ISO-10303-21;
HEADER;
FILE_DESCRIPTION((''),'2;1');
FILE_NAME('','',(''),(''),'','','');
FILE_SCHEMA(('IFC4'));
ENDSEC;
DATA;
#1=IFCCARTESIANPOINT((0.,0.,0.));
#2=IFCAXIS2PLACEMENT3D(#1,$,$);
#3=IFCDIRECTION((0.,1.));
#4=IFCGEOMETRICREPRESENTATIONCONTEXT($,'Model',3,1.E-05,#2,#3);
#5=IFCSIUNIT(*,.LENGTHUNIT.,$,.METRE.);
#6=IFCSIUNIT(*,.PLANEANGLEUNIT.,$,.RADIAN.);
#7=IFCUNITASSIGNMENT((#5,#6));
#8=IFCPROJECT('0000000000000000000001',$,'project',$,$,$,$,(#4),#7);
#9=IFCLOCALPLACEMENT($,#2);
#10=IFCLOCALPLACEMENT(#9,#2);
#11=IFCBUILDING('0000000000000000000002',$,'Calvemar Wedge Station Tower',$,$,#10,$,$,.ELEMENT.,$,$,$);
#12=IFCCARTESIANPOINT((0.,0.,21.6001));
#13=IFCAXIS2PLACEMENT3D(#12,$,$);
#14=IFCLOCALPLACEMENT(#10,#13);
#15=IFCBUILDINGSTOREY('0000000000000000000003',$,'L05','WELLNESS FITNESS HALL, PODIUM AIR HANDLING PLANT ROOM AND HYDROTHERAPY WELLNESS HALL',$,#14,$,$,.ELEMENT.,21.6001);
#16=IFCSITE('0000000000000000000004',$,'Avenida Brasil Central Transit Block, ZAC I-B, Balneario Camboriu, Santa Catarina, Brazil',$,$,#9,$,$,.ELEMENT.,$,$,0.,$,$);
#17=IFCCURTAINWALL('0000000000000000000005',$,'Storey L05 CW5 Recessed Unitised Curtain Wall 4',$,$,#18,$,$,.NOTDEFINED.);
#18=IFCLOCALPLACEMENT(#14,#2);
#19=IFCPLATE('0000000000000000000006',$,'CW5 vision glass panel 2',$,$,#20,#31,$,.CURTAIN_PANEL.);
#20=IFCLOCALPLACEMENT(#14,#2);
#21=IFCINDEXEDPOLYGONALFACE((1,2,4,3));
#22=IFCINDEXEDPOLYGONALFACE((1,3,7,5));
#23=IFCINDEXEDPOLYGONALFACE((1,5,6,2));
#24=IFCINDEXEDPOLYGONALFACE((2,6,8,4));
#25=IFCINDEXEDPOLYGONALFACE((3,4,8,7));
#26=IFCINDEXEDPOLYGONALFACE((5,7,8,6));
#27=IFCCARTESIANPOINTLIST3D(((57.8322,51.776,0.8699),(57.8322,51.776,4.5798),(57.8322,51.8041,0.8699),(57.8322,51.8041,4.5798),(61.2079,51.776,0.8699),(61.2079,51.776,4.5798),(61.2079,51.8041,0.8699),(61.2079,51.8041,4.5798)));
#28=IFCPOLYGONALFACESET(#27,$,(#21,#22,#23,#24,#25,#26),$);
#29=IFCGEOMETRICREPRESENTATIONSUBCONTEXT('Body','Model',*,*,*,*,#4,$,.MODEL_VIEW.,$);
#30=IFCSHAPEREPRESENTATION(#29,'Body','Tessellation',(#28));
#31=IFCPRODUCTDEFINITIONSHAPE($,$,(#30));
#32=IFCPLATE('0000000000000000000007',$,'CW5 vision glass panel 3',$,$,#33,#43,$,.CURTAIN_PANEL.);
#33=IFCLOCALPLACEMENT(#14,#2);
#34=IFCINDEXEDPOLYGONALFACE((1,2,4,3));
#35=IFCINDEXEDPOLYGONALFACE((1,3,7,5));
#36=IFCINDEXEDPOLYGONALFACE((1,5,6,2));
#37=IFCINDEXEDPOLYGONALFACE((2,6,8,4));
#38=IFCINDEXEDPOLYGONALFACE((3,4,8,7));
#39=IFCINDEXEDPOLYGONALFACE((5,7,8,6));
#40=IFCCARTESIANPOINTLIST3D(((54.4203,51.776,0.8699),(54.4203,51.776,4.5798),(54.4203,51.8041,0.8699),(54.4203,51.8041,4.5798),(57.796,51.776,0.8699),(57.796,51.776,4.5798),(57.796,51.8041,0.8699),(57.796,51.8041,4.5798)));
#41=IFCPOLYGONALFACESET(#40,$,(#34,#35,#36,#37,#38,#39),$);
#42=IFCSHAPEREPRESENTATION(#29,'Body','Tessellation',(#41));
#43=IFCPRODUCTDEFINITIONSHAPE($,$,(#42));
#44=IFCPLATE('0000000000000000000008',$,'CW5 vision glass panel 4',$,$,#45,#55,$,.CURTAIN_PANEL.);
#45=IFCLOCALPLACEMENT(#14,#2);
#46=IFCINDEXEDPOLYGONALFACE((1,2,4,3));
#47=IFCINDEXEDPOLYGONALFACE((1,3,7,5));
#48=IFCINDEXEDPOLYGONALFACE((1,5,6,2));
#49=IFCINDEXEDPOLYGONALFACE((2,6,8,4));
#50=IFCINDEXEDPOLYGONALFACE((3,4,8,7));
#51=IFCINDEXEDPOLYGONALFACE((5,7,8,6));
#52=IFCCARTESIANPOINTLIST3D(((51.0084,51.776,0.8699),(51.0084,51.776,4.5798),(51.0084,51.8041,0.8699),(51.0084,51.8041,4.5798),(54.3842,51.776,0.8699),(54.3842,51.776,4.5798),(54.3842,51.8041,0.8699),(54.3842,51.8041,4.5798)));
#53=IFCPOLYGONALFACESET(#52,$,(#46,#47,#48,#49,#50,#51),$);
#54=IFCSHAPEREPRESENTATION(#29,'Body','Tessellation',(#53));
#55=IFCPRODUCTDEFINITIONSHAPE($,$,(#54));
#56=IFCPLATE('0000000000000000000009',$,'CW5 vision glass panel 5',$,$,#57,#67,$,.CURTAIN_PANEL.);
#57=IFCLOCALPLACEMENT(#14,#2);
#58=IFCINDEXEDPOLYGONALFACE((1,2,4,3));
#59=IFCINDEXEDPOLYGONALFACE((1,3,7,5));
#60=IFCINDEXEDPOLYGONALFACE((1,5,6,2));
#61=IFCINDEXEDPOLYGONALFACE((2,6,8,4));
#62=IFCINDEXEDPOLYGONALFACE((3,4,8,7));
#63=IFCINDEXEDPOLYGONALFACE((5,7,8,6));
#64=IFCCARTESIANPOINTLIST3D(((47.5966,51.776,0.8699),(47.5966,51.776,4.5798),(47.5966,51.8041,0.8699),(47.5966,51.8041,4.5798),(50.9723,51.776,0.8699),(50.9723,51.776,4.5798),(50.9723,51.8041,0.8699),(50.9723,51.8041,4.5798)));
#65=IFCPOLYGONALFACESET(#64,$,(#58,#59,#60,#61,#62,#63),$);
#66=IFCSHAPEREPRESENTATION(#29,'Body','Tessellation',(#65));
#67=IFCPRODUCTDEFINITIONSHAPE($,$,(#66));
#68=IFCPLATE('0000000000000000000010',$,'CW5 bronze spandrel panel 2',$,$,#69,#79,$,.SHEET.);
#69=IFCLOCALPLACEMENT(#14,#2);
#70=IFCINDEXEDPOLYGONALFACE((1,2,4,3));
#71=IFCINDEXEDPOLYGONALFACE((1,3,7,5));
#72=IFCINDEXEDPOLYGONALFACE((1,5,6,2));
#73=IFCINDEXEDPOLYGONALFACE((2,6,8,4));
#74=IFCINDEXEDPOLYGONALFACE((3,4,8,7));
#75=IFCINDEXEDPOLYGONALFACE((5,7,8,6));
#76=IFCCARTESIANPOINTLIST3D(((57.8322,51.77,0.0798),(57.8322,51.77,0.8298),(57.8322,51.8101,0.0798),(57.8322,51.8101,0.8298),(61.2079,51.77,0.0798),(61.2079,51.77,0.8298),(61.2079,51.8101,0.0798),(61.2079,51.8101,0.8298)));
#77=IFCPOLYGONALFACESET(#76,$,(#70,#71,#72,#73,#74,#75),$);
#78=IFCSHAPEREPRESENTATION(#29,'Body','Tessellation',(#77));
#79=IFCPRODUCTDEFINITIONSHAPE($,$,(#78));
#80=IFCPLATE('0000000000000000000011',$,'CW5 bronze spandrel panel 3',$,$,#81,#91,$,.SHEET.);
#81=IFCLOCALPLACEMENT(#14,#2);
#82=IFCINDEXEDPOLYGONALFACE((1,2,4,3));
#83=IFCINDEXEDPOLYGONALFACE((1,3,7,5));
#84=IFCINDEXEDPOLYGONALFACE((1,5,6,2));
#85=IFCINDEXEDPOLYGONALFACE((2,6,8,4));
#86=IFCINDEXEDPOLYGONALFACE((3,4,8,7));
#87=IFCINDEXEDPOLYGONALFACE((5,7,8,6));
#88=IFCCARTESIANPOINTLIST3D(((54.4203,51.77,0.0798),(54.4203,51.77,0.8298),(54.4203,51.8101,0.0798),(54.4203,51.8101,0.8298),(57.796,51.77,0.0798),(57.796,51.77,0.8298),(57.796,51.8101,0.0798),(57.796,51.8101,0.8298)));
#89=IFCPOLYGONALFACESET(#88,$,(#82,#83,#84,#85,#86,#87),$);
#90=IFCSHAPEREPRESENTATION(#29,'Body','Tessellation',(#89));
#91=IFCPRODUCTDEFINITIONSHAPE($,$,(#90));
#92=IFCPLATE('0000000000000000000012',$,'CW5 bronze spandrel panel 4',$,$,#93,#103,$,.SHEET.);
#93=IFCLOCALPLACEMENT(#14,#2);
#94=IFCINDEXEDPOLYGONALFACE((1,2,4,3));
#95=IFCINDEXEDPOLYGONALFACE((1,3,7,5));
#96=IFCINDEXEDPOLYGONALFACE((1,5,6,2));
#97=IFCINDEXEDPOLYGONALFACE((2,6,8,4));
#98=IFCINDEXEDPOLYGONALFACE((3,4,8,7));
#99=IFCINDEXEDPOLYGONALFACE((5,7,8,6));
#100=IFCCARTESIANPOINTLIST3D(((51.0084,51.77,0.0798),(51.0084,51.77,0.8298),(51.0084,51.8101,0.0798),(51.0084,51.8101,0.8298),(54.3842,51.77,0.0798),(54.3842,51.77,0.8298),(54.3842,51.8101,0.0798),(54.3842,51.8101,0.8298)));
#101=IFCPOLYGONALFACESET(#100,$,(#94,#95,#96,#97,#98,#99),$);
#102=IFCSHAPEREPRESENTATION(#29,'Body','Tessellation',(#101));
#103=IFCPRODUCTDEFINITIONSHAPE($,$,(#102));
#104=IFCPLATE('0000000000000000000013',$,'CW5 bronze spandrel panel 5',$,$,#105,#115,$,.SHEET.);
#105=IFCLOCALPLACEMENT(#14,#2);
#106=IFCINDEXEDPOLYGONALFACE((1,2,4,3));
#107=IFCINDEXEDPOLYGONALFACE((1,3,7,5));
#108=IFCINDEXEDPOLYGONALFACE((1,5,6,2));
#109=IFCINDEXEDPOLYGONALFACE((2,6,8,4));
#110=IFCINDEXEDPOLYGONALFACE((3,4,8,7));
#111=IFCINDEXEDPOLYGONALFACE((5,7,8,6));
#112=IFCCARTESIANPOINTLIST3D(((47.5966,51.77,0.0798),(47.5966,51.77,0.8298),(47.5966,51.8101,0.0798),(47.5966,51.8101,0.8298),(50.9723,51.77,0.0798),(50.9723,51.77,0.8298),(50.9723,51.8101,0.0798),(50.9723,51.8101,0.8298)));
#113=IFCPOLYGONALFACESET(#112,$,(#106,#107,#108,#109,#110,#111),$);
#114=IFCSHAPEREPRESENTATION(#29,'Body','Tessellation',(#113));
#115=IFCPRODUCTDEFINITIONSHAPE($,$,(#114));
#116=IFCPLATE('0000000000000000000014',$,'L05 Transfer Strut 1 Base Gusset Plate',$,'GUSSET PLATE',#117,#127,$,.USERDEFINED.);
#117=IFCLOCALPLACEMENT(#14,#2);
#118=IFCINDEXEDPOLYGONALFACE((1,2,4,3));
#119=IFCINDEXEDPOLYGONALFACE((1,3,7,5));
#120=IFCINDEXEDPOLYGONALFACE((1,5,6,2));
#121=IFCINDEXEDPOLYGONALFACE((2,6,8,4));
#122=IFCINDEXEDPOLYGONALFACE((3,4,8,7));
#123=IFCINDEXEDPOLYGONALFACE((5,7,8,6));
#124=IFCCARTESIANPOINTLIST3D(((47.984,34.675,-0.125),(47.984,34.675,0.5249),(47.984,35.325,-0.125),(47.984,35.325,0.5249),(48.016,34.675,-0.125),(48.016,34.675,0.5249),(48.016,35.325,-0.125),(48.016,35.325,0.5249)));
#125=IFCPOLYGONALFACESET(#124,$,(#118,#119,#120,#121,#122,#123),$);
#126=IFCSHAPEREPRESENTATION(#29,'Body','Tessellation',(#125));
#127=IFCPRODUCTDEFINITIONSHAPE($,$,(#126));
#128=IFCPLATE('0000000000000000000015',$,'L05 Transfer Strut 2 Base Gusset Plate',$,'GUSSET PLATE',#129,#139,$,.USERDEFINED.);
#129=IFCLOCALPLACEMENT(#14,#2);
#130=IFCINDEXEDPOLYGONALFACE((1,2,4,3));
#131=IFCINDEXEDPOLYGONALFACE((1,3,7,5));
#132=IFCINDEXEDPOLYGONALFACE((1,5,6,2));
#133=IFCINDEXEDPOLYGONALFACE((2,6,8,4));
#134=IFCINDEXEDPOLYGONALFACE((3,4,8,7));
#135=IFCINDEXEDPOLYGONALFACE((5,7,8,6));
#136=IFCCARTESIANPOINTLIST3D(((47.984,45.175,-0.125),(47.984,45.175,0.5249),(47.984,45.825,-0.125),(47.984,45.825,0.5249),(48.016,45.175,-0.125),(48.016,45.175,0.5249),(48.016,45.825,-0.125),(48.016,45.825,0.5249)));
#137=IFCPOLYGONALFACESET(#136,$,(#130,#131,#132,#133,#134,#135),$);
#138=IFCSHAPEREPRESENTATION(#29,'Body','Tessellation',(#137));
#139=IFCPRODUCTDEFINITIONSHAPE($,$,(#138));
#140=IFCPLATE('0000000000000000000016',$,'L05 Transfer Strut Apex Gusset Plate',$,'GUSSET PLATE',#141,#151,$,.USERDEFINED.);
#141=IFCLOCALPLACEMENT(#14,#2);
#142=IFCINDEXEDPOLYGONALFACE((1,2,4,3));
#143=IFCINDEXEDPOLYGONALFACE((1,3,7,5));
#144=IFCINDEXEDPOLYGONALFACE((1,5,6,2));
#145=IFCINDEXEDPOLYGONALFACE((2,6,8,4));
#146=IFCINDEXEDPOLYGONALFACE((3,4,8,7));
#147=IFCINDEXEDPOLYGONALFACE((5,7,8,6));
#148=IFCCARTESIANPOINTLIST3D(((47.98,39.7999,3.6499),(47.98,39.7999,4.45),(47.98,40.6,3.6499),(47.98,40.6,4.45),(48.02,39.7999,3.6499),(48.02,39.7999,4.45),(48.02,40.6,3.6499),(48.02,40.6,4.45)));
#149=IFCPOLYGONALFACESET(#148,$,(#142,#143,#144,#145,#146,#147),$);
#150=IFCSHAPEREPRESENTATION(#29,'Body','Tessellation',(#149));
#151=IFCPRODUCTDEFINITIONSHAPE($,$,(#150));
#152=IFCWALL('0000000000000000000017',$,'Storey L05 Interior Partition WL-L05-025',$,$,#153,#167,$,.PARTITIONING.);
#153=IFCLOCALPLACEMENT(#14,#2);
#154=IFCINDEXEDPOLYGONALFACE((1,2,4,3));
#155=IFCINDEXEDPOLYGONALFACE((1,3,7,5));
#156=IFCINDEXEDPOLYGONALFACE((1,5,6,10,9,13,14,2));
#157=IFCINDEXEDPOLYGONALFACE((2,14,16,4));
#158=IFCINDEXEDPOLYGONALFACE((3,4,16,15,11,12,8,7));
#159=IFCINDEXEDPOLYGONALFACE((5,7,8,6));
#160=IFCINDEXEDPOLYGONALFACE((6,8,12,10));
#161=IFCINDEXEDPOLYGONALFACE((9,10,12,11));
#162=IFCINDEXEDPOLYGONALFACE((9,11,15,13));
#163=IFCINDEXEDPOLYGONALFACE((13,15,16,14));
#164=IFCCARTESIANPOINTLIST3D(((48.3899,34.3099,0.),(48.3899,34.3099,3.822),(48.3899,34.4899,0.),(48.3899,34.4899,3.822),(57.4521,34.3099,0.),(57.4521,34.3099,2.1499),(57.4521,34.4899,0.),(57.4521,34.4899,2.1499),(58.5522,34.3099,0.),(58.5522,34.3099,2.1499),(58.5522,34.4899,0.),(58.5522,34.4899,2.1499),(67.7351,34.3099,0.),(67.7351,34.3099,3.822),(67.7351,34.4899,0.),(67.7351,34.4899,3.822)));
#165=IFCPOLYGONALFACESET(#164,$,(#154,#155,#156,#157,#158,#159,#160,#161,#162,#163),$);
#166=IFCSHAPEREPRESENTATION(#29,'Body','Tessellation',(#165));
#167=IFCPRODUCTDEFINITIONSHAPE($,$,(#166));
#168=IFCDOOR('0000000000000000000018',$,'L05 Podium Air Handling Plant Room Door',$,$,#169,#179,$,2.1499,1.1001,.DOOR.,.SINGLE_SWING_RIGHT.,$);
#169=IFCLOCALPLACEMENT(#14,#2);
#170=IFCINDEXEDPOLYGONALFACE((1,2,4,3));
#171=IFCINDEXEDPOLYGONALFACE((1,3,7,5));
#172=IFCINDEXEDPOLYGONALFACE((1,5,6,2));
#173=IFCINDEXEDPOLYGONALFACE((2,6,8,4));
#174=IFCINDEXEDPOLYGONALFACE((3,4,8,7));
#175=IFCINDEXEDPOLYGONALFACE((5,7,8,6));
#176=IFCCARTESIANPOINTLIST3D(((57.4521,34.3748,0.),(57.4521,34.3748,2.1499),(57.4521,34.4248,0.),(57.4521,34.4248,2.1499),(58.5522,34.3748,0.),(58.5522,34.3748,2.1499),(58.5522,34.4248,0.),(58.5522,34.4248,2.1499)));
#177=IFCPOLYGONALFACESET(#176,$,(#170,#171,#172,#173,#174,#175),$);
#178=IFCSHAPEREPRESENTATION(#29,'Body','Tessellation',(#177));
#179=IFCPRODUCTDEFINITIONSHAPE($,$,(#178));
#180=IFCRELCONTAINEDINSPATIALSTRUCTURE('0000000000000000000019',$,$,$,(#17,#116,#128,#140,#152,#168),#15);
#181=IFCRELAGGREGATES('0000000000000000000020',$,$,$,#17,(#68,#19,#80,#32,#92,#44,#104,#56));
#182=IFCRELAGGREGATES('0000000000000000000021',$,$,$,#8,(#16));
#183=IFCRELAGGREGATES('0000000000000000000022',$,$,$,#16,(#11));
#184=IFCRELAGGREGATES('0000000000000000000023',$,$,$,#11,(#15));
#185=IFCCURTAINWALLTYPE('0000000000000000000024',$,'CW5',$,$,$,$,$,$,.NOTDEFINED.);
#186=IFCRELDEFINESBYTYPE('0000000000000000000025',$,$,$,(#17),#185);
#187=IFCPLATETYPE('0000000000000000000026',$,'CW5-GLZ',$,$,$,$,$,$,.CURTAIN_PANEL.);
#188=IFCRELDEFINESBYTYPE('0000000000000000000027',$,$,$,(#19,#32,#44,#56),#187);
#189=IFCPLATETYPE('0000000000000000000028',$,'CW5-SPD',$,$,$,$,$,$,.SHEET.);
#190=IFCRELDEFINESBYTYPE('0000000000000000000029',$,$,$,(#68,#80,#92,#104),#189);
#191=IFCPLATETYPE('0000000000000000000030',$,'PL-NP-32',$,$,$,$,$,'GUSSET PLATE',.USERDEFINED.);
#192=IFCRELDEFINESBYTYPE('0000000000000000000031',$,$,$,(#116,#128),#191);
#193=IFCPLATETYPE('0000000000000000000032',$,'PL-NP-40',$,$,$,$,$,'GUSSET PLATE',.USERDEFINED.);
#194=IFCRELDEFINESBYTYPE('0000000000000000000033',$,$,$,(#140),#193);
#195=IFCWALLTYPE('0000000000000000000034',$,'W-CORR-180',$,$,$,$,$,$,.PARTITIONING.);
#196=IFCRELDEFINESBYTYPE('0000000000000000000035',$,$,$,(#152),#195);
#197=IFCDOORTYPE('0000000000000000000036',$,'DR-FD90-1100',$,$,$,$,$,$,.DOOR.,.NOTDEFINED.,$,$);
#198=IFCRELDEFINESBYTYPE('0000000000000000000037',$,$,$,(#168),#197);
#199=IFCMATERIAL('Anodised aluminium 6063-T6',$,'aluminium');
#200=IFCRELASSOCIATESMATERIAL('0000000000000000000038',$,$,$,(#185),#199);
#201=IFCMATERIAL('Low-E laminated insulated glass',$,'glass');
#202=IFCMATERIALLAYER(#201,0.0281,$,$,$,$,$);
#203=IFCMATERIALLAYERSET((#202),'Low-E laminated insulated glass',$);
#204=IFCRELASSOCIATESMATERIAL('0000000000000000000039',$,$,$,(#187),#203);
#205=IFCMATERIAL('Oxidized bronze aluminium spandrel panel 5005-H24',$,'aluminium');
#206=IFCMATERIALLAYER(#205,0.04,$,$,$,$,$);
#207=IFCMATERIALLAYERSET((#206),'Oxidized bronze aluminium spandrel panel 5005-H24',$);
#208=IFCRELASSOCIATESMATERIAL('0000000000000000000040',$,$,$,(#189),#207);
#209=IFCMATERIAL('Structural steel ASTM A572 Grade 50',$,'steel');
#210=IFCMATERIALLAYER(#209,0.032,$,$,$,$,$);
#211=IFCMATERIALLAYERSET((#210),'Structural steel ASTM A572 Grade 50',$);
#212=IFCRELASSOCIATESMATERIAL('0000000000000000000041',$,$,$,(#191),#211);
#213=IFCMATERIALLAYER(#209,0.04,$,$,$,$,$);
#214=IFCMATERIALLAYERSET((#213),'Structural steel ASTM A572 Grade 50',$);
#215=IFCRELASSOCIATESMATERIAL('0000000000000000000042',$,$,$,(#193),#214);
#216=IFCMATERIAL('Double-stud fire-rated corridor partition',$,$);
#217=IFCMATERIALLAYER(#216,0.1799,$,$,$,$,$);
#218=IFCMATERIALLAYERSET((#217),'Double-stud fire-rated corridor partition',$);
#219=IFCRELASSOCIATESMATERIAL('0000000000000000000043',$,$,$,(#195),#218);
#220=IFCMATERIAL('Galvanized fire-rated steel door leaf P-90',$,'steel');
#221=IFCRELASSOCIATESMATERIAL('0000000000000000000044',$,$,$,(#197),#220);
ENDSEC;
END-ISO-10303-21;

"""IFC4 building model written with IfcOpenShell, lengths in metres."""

from ifc_helpers import new_model, si_unit, direction, frame, frame_2d, origin, origin_2d, place, context, subcontext, project, spatial, rectangle, extrude, source, transform, mapped, material, layer, layer_set, type_object, element, fill, aggregate, save


model = new_model("IFC4")

# Units and contexts
model_context = context("Model", 3, precision=1e-05, world=origin(), true_north=direction((0.0, 1.0)))
body_context = subcontext(model_context, "Body", "Model", "MODEL_VIEW")
ifc_project = project(units=[si_unit("LENGTHUNIT", "METRE"), si_unit("PLANEANGLEUNIT", "RADIAN")], contexts=[model_context])

# Site, building, storey
site_placement = place(None, origin())
site = spatial("IfcSite", under=ifc_project, at=site_placement, Name="Avenida Brasil Central Transit Block, ZAC I-B, Balneario Camboriu, Santa Catarina, Brazil", CompositionType="ELEMENT", RefElevation=0.0)
building_placement = place(site_placement, origin())
building = spatial("IfcBuilding", under=site, at=building_placement, Name="Calvemar Wedge Station Tower", CompositionType="ELEMENT")
storey_placement = place(building_placement, frame((0.0, 0.0, 21.6001)))
storey = spatial("IfcBuildingStorey", under=building, at=storey_placement, Name="L05", Description="WELLNESS FITNESS HALL, PODIUM AIR HANDLING PLANT ROOM AND HYDROTHERAPY WELLNESS HALL", CompositionType="ELEMENT", Elevation=21.6001)

# Shared definitions
ifc_material_1 = material(Name="Structural steel ASTM A572 Grade 50", Category="steel")

# Curtain wall, plates
ifc_material_2 = material(Name="Anodised aluminium 6063-T6", Category="aluminium")
curtain_wall_type = type_object("IfcCurtainWallType", Name="CW5", PredefinedType="NOTDEFINED", material=ifc_material_2)
curtain_wall_placement = place(storey_placement, origin())
curtain_wall = element("IfcCurtainWall", 1, at=curtain_wall_placement, inside=storey, type_object=curtain_wall_type, Name="Storey L05 CW5 Recessed Unitised Curtain Wall 4", PredefinedType="NOTDEFINED")
ifc_material_3 = material(Name="Low-E laminated insulated glass", Category="glass")
ifc_layer_1 = layer(ifc_material_3, 0.0281)
ifc_layer_set_1 = layer_set([ifc_layer_1], Name="Low-E laminated insulated glass")
plate_type_1 = type_object("IfcPlateType", Name="CW5-GLZ", PredefinedType="CURTAIN_PANEL", material=ifc_layer_set_1)
plate_1_placement = place(storey_placement, frame((61.208, 51.79, 0.8699), z_axis=(0.0, 0.0, 1.0), x_axis=(-1.0, 0.0, 0.0)))
plate_1 = element("IfcPlate", 2, at=plate_1_placement, type_object=plate_type_1, Name="CW5 vision glass panel 2", PredefinedType="CURTAIN_PANEL", context=body_context, shape_type="SweptSolid", body=[
    extrude(rectangle(XDim=3.3757, YDim=0.0281, at=frame_2d((1.688, 0.0))), origin(), (0.0, 0.0, 1.0), 3.71),
])
plate_2_placement = place(storey_placement, frame((57.7961, 51.79, 0.8699), z_axis=(0.0, 0.0, 1.0), x_axis=(-1.0, 0.0, 0.0)))
plate_2 = element("IfcPlate", 3, at=plate_2_placement, type_object=plate_type_1, Name="CW5 vision glass panel 3", PredefinedType="CURTAIN_PANEL", context=body_context, shape_type="SweptSolid", body=[
    extrude(rectangle(XDim=3.3757, YDim=0.0281, at=frame_2d((1.688, 0.0))), origin(), (0.0, 0.0, 1.0), 3.71),
])
plate_3_placement = place(storey_placement, frame((54.3843, 51.79, 0.8699), z_axis=(0.0, 0.0, 1.0), x_axis=(-1.0, 0.0, 0.0)))
plate_3 = element("IfcPlate", 4, at=plate_3_placement, type_object=plate_type_1, Name="CW5 vision glass panel 4", PredefinedType="CURTAIN_PANEL", context=body_context, shape_type="SweptSolid", body=[
    extrude(rectangle(XDim=3.3757, YDim=0.0281, at=frame_2d((1.688, 0.0))), origin(), (0.0, 0.0, 1.0), 3.71),
])
plate_4_placement = place(storey_placement, frame((50.9724, 51.79, 0.8699), z_axis=(0.0, 0.0, 1.0), x_axis=(-1.0, 0.0, 0.0)))
plate_4 = element("IfcPlate", 5, at=plate_4_placement, type_object=plate_type_1, Name="CW5 vision glass panel 5", PredefinedType="CURTAIN_PANEL", context=body_context, shape_type="SweptSolid", body=[
    extrude(rectangle(XDim=3.3757, YDim=0.0281, at=frame_2d((1.688, 0.0))), origin(), (0.0, 0.0, 1.0), 3.71),
])
ifc_material_4 = material(Name="Oxidized bronze aluminium spandrel panel 5005-H24", Category="aluminium")
ifc_layer_2 = layer(ifc_material_4, 0.04)
ifc_layer_set_2 = layer_set([ifc_layer_2], Name="Oxidized bronze aluminium spandrel panel 5005-H24")
plate_type_2 = type_object("IfcPlateType", Name="CW5-SPD", PredefinedType="SHEET", material=ifc_layer_set_2)
plate_5_placement = place(storey_placement, frame((61.208, 51.79, 0.0798), z_axis=(0.0, 0.0, 1.0), x_axis=(-1.0, 0.0, 0.0)))
plate_5 = element("IfcPlate", 6, at=plate_5_placement, type_object=plate_type_2, Name="CW5 bronze spandrel panel 2", PredefinedType="SHEET", context=body_context, shape_type="SweptSolid", body=[
    extrude(rectangle(XDim=3.3757, YDim=0.04, at=frame_2d((1.688, 0.0))), origin(), (0.0, 0.0, 1.0), 0.75),
])
plate_6_placement = place(storey_placement, frame((57.7961, 51.79, 0.0798), z_axis=(0.0, 0.0, 1.0), x_axis=(-1.0, 0.0, 0.0)))
plate_6 = element("IfcPlate", 7, at=plate_6_placement, type_object=plate_type_2, Name="CW5 bronze spandrel panel 3", PredefinedType="SHEET", context=body_context, shape_type="SweptSolid", body=[
    extrude(rectangle(XDim=3.3757, YDim=0.04, at=frame_2d((1.688, 0.0))), origin(), (0.0, 0.0, 1.0), 0.75),
])
plate_7_placement = place(storey_placement, frame((54.3843, 51.79, 0.0798), z_axis=(0.0, 0.0, 1.0), x_axis=(-1.0, 0.0, 0.0)))
plate_7 = element("IfcPlate", 8, at=plate_7_placement, type_object=plate_type_2, Name="CW5 bronze spandrel panel 4", PredefinedType="SHEET", context=body_context, shape_type="SweptSolid", body=[
    extrude(rectangle(XDim=3.3757, YDim=0.04, at=frame_2d((1.688, 0.0))), origin(), (0.0, 0.0, 1.0), 0.75),
])
plate_8_placement = place(storey_placement, frame((50.9724, 51.79, 0.0798), z_axis=(0.0, 0.0, 1.0), x_axis=(-1.0, 0.0, 0.0)))
plate_8 = element("IfcPlate", 9, at=plate_8_placement, type_object=plate_type_2, Name="CW5 bronze spandrel panel 5", PredefinedType="SHEET", context=body_context, shape_type="SweptSolid", body=[
    extrude(rectangle(XDim=3.3757, YDim=0.04, at=frame_2d((1.688, 0.0))), origin(), (0.0, 0.0, 1.0), 0.75),
])
aggregate(curtain_wall, [plate_5, plate_1, plate_6, plate_2, plate_7, plate_3, plate_8, plate_4])

# Plates
ifc_layer_3 = layer(ifc_material_1, 0.032)
ifc_layer_set_3 = layer_set([ifc_layer_3], Name="Structural steel ASTM A572 Grade 50")
plate_type_3 = type_object("IfcPlateType", Name="PL-NP-32", ElementType="GUSSET PLATE", PredefinedType="USERDEFINED", material=ifc_layer_set_3)
shared_shape_1 = source(origin(), body_context, "Body", "SweptSolid", [
    extrude(rectangle(XDim=0.6499, YDim=0.032, at=origin_2d()), origin(), (0.0, 0.0, 1.0), 0.6499),
])
for number, where, z_axis, x_axis, name in (
    (10, (48.0, 35.0, -0.125), (0.0, 0.0, 1.0), (0.0, 1.0, 0.0), "L05 Transfer Strut 1 Base Gusset Plate"),
    (11, (48.0, 45.5, -0.125), (0.0, 0.0, 1.0), (0.0, 1.0, 0.0), "L05 Transfer Strut 2 Base Gusset Plate"),
):
    element("IfcPlate", number, at=place(storey_placement, frame(where, z_axis=z_axis, x_axis=x_axis)), inside=storey, type_object=plate_type_3, Name=name, ObjectType="GUSSET PLATE", PredefinedType="USERDEFINED", context=body_context, shape_type="MappedRepresentation", body=[
        mapped(shared_shape_1, transform((0.0, 0.0, 0.0), scale=1.0)),
    ])
ifc_layer_4 = layer(ifc_material_1, 0.04)
ifc_layer_set_4 = layer_set([ifc_layer_4], Name="Structural steel ASTM A572 Grade 50")
plate_type_4 = type_object("IfcPlateType", Name="PL-NP-40", ElementType="GUSSET PLATE", PredefinedType="USERDEFINED", material=ifc_layer_set_4)
shared_shape_2 = source(origin(), body_context, "Body", "SweptSolid", [
    extrude(rectangle(XDim=0.8, YDim=0.04, at=origin_2d()), origin(), (0.0, 0.0, 1.0), 0.8),
])
plate_9_placement = place(storey_placement, frame((48.0, 40.2, 3.6499), z_axis=(0.0, 0.0, 1.0), x_axis=(0.0, 1.0, 0.0)))
element("IfcPlate", 12, at=plate_9_placement, inside=storey, type_object=plate_type_4, Name="L05 Transfer Strut Apex Gusset Plate", ObjectType="GUSSET PLATE", PredefinedType="USERDEFINED", context=body_context, shape_type="MappedRepresentation", body=[
    mapped(shared_shape_2, transform((0.0, 0.0, 0.0), scale=1.0)),
])

# Wall, opening, door
ifc_material_5 = material(Name="Double-stud fire-rated corridor partition")
ifc_layer_5 = layer(ifc_material_5, 0.1799)
ifc_layer_set_5 = layer_set([ifc_layer_5], Name="Double-stud fire-rated corridor partition")
wall_type_1 = type_object("IfcWallType", Name="W-CORR-180", PredefinedType="PARTITIONING", material=ifc_layer_set_5)
wall_1_placement = place(storey_placement, frame((48.3899, 34.3999, 0.0), z_axis=(0.0, 0.0, 1.0), x_axis=(1.0, 0.0, 0.0)))
wall_1 = element("IfcWall", 13, at=wall_1_placement, inside=storey, type_object=wall_type_1, Name="Storey L05 Interior Partition WL-L05-025", PredefinedType="PARTITIONING", context=body_context, shape_type="SweptSolid", body=[
    extrude(rectangle(XDim=19.3452, YDim=0.1799, at=frame_2d((9.6726, 0.0))), origin(), (0.0, 0.0, 1.0), 3.822),
])
shared_shape_3 = source(origin(), body_context, "Body", "SweptSolid", [
    extrude(rectangle(XDim=1.1001, YDim=2.1499, at=frame_2d((0.55, 1.075))), frame((0.0, 0.1001, 0.0), z_axis=(0.0, -1.0, 0.0), x_axis=(1.0, 0.0, 0.0)), (0.0, 0.0, 1.0), 0.2),
])
opening_placement = place(wall_1_placement, frame((9.0623, 0.0, 0.0)))
opening = element("IfcOpeningElement", 14, at=opening_placement, cuts=wall_1, PredefinedType="OPENING", context=body_context, shape_type="MappedRepresentation", body=[
    mapped(shared_shape_3, transform((0.0, 0.0, 0.0), scale=1.0)),
])
ifc_material_6 = material(Name="Galvanized fire-rated steel door leaf P-90", Category="steel")
door_type = type_object("IfcDoorType", Name="DR-FD90-1100", OperationType="NOTDEFINED", PredefinedType="DOOR", material=ifc_material_6)
shared_shape_4 = source(origin(), body_context, "Body", "SweptSolid", [
    extrude(rectangle(XDim=1.1001, YDim=2.1499, at=frame_2d((0.55, 1.075))), frame((0.0, 0.0249, 0.0), z_axis=(0.0, -1.0, 0.0), x_axis=(1.0, 0.0, 0.0)), (0.0, 0.0, 1.0), 0.05),
])
door_placement = place(opening_placement, origin())
door = element("IfcDoor", 15, at=door_placement, inside=storey, type_object=door_type, Name="L05 Podium Air Handling Plant Room Door", OperationType="SINGLE_SWING_RIGHT", OverallHeight=2.1499, OverallWidth=1.1001, PredefinedType="DOOR", context=body_context, shape_type="MappedRepresentation", body=[
    mapped(shared_shape_4, transform((0.0, 0.0, 0.0), scale=1.0)),
])
fill(opening, door)

save(model, "model.ifc")
